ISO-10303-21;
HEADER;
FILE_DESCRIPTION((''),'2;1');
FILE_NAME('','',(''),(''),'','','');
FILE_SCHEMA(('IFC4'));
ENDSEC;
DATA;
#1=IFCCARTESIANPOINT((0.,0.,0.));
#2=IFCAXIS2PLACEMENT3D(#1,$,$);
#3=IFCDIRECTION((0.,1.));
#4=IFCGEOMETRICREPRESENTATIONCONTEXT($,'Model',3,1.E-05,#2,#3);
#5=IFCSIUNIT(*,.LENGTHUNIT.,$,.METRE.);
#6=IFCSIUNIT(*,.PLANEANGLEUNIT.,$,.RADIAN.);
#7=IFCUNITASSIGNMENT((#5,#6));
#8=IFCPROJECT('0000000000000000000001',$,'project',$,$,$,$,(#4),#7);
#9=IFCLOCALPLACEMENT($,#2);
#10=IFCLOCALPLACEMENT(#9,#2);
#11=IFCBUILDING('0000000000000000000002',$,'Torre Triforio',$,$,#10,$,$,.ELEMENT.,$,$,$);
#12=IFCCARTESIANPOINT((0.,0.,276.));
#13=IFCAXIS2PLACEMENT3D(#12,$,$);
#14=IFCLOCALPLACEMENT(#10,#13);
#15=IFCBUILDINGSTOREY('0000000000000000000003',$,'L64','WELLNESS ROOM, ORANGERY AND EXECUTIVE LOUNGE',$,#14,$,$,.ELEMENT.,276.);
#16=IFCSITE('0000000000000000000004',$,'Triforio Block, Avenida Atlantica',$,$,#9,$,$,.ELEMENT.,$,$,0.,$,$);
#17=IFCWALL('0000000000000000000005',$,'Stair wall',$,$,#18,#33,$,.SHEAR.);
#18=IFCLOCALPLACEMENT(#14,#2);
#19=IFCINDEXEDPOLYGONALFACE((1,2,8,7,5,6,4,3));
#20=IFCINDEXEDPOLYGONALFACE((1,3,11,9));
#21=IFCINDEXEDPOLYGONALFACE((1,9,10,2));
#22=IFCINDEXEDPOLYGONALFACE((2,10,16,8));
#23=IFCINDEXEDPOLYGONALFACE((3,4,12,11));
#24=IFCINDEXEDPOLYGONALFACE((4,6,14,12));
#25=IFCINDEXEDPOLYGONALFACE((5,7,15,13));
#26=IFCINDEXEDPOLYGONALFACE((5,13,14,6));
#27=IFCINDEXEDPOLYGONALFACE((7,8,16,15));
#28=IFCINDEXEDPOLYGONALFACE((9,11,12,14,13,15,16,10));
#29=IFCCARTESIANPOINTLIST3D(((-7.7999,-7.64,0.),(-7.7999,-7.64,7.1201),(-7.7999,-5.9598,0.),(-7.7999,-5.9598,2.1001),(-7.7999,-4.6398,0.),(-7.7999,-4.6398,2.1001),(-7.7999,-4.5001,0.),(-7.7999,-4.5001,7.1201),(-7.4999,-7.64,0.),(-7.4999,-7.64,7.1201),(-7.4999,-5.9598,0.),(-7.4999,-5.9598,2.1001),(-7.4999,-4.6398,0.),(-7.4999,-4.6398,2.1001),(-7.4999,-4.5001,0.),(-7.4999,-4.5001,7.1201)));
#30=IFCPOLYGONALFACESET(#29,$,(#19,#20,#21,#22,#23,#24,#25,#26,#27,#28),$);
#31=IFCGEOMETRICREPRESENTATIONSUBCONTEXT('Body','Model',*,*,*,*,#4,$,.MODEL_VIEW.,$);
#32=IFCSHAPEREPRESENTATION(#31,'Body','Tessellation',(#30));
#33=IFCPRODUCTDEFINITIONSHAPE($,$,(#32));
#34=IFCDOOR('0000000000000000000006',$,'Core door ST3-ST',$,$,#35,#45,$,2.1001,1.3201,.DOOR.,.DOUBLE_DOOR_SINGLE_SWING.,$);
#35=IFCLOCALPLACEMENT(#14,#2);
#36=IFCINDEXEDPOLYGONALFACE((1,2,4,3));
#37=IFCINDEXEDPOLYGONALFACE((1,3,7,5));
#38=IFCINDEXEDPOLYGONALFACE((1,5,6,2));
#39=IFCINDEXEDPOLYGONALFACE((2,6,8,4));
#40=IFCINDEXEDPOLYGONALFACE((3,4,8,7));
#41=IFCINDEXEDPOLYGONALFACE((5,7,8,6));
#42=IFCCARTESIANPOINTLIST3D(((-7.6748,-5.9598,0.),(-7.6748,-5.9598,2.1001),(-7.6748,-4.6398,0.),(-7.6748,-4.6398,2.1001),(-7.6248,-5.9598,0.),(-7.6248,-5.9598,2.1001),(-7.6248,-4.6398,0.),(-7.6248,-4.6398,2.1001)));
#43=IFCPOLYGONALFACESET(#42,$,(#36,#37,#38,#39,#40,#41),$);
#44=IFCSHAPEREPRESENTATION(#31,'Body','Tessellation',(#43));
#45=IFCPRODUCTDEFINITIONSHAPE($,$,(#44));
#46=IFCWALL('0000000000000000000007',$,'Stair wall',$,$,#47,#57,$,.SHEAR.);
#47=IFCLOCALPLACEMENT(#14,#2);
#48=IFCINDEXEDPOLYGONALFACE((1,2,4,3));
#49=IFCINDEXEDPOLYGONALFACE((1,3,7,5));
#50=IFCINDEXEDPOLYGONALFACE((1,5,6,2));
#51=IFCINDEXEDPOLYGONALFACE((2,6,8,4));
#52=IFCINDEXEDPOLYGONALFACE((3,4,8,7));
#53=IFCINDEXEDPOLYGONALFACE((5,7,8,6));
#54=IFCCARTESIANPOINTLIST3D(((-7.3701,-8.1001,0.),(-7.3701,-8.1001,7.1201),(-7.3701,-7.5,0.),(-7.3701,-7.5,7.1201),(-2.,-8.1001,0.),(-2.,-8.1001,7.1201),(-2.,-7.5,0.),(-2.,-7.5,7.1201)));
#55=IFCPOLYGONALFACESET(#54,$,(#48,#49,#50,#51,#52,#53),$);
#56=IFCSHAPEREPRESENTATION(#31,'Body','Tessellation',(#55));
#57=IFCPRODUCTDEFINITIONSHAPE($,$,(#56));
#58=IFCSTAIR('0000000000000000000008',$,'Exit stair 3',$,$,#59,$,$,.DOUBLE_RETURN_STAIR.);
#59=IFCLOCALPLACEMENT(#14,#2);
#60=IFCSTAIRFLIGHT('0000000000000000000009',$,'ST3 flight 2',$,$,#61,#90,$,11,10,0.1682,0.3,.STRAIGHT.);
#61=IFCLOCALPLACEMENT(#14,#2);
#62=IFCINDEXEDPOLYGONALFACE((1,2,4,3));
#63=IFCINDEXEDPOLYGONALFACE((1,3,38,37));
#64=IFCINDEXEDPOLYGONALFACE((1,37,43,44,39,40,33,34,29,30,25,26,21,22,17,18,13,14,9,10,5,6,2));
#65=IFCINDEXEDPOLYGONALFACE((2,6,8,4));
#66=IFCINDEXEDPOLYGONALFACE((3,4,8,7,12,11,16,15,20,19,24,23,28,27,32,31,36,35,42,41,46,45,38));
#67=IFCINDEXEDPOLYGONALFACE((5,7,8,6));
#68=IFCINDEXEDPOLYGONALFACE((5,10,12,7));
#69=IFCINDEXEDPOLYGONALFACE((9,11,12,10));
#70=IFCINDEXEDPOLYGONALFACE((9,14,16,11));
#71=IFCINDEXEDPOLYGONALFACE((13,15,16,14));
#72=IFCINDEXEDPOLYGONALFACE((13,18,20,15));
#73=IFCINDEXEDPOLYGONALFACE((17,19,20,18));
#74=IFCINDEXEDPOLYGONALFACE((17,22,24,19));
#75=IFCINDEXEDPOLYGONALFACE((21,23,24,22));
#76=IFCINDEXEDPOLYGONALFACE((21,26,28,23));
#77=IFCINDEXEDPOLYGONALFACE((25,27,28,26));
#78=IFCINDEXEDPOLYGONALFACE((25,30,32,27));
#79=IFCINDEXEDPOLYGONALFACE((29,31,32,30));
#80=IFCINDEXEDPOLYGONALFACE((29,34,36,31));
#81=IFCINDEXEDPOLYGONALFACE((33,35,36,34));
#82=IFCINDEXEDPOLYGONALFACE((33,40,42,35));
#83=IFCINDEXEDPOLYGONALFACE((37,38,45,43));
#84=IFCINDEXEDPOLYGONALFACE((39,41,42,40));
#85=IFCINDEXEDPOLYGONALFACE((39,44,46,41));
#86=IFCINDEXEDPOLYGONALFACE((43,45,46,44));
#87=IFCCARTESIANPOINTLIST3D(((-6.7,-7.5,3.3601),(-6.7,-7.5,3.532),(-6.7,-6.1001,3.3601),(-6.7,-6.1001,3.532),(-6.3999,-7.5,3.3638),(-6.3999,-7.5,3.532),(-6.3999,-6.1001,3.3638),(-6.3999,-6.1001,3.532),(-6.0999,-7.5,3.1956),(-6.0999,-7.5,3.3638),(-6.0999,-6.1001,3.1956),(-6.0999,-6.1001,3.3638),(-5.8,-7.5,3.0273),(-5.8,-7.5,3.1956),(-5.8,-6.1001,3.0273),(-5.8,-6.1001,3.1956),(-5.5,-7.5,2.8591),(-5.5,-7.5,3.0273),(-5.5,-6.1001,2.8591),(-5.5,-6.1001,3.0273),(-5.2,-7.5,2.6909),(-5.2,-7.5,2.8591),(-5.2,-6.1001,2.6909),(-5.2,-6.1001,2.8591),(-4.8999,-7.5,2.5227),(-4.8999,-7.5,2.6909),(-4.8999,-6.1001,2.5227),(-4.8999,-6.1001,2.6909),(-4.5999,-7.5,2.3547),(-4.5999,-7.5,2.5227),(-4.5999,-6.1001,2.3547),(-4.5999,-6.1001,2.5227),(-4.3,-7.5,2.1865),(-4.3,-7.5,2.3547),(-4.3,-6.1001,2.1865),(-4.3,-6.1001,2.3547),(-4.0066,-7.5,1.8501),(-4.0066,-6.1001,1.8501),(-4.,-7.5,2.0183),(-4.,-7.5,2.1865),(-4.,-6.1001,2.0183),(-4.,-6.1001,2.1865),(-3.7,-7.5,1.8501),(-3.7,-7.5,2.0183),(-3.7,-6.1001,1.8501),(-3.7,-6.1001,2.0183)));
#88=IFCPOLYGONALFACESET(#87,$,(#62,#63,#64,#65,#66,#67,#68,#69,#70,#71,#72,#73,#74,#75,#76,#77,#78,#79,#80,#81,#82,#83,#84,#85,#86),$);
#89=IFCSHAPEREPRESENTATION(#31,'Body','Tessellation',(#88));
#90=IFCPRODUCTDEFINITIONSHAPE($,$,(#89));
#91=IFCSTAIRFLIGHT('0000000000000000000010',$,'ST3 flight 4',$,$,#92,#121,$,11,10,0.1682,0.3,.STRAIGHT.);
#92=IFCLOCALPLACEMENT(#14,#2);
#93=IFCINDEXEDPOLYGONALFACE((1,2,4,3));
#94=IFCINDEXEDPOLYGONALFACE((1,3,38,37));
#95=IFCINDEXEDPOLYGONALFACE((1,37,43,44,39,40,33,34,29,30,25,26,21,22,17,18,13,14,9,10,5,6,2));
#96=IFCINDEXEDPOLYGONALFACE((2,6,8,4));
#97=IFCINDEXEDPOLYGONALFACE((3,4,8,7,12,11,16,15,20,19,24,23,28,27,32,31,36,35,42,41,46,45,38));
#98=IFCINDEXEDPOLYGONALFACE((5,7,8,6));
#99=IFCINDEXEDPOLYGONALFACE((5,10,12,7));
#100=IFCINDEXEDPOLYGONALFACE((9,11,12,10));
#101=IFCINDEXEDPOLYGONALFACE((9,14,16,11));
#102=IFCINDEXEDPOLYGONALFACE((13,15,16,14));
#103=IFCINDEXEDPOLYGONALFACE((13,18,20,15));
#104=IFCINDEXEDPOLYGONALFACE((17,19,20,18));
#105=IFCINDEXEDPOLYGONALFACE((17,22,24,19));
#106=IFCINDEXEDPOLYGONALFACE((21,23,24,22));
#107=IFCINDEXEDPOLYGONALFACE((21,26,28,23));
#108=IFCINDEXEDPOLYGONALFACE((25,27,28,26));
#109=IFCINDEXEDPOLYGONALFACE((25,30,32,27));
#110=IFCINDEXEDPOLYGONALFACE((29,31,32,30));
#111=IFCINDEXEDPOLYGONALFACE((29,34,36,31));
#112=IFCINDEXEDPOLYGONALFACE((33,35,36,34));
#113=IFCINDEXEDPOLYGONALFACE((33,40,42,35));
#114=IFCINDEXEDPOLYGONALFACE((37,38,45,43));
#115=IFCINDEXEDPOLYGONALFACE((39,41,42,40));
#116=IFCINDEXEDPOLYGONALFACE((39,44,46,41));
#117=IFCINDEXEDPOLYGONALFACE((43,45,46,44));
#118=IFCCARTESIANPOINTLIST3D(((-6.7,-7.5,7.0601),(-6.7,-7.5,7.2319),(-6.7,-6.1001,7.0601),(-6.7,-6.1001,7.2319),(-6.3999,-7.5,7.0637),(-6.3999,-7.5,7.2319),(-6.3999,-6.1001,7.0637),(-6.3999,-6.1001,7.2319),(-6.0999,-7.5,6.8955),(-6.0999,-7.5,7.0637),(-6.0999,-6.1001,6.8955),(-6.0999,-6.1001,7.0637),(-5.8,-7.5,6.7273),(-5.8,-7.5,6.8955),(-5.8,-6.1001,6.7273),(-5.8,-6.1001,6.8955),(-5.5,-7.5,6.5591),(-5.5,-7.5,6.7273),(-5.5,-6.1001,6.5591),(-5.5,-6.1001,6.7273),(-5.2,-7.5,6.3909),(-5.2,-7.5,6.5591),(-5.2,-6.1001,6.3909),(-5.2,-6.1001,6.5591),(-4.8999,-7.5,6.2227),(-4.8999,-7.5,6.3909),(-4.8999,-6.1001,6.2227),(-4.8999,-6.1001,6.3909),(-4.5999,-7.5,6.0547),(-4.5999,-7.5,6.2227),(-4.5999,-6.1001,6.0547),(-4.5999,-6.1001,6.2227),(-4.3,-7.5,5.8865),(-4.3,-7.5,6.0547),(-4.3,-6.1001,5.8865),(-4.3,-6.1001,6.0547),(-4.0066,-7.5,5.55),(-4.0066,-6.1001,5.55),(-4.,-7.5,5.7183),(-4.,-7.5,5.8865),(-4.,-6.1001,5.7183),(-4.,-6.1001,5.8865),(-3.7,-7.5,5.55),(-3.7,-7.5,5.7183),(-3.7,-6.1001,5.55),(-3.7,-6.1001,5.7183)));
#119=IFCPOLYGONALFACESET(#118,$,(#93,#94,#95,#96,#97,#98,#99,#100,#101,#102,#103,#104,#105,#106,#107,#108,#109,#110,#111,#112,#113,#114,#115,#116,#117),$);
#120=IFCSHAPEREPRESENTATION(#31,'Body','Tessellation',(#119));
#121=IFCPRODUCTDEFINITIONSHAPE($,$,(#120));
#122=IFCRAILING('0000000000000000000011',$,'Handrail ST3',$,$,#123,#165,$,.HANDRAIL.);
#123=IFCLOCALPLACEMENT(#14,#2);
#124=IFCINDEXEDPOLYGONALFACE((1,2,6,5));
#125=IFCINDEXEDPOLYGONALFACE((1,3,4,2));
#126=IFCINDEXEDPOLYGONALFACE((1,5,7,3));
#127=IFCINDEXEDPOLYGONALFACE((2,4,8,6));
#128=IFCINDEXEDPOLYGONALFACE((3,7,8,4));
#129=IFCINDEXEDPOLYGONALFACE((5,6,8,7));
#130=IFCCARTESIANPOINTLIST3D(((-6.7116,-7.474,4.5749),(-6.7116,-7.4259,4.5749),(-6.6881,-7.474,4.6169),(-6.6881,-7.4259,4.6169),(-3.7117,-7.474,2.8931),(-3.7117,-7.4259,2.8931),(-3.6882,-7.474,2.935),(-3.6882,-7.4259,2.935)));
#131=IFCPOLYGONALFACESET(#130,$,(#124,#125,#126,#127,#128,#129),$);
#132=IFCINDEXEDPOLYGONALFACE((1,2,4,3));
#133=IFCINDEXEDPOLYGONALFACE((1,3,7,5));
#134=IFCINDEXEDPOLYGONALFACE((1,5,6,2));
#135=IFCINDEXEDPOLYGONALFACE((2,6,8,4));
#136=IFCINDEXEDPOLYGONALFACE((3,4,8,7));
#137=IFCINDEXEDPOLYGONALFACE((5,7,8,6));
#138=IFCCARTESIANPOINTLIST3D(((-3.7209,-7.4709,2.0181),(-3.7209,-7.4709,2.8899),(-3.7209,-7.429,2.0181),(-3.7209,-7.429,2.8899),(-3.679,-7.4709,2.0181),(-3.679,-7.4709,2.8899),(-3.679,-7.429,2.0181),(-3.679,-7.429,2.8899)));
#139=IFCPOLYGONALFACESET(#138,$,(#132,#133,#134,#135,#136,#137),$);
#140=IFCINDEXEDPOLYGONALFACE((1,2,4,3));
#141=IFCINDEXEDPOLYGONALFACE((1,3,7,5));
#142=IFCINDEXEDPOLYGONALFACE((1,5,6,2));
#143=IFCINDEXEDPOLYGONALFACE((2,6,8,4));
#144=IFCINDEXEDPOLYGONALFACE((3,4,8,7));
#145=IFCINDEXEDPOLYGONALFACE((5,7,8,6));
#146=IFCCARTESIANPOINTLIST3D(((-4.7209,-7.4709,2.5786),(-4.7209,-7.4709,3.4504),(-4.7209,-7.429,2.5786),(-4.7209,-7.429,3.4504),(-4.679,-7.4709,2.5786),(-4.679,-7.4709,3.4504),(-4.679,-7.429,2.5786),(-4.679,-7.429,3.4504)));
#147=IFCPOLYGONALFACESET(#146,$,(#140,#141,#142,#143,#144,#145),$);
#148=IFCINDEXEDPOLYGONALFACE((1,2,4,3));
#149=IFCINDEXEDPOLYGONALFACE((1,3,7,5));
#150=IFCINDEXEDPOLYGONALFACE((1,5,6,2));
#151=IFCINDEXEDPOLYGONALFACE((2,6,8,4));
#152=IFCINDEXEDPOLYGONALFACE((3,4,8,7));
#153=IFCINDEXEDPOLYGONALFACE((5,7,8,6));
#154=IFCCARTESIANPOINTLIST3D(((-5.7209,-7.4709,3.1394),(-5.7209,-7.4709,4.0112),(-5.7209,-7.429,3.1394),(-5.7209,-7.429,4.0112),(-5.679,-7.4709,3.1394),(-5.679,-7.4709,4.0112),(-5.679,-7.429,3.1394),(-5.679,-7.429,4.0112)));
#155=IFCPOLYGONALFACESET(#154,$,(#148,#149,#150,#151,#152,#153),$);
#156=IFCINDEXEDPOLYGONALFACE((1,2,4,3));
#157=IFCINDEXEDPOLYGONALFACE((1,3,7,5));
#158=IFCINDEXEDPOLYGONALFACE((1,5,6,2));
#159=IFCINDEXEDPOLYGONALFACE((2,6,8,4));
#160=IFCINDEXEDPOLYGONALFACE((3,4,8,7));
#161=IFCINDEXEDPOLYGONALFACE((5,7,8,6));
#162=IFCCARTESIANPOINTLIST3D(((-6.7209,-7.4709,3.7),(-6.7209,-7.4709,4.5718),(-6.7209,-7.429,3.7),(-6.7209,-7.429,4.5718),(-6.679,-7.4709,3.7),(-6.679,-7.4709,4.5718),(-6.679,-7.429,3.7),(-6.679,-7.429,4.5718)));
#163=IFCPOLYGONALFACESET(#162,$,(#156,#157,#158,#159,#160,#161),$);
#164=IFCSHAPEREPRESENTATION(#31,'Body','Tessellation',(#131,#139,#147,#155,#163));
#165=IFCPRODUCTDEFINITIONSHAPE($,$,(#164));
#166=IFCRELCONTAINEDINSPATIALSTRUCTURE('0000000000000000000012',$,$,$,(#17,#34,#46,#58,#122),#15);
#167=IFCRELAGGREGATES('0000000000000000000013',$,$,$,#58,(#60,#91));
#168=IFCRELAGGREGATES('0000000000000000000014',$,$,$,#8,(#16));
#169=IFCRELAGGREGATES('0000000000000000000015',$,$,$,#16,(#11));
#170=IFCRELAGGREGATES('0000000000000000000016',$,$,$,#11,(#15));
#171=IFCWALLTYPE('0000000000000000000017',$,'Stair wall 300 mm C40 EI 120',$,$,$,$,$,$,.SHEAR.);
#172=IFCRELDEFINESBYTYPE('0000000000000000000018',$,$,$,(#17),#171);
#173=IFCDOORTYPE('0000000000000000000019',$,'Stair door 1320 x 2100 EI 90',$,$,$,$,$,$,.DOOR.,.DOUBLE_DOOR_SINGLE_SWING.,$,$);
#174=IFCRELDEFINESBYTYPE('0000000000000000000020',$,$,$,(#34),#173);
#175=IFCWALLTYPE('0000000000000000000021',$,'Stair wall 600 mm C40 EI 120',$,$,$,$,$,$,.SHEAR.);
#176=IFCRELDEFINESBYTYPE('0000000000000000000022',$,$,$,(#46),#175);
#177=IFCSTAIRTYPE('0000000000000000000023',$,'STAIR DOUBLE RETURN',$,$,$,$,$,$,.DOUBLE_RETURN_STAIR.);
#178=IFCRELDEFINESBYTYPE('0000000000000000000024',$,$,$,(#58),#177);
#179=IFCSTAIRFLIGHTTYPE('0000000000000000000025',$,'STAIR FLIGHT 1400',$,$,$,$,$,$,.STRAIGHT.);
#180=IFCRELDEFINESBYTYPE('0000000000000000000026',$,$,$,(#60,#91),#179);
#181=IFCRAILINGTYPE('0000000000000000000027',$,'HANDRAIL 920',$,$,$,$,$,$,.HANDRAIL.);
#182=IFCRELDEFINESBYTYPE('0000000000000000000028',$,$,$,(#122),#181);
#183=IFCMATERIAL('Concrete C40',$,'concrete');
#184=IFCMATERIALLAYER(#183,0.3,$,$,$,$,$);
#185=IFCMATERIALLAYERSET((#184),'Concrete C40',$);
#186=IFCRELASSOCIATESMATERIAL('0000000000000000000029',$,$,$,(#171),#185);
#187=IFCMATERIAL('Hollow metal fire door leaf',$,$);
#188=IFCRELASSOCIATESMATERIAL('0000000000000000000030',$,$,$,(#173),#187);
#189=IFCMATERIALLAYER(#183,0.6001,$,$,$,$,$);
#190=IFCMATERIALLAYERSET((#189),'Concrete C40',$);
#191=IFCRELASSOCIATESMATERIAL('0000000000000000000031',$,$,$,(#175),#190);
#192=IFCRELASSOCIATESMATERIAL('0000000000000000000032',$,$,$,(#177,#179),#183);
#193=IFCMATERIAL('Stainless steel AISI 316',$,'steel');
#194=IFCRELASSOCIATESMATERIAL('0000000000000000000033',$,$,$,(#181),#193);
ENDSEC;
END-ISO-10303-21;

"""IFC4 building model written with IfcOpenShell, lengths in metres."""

from ifc_helpers import new_model, si_unit, direction, frame, frame_2d, origin, origin_2d, place, context, subcontext, project, spatial, polyline, rectangle, outline, extrude, material, layer, layer_set, type_object, element, fill, aggregate, save


model = new_model("IFC4")

# Units and contexts
model_context = context("Model", 3, precision=1e-05, world=origin(), true_north=direction((0.0, 1.0)))
body_context = subcontext(model_context, "Body", "Model", "MODEL_VIEW")
ifc_project = project(units=[si_unit("LENGTHUNIT", "METRE"), si_unit("PLANEANGLEUNIT", "RADIAN")], contexts=[model_context])

# Site, building, storey
site_placement = place(None, origin())
site = spatial("IfcSite", under=ifc_project, at=site_placement, Name="Triforio Block, Avenida Atlantica", CompositionType="ELEMENT", RefElevation=0.0)
building_placement = place(site_placement, origin())
building = spatial("IfcBuilding", under=site, at=building_placement, Name="Torre Triforio", CompositionType="ELEMENT")
storey_placement = place(building_placement, frame((0.0, 0.0, 276.0)))
storey = spatial("IfcBuildingStorey", under=building, at=storey_placement, Name="L64", Description="WELLNESS ROOM, ORANGERY AND EXECUTIVE LOUNGE", CompositionType="ELEMENT", Elevation=276.0)

# Shared definitions
ifc_material_1 = material(Name="Concrete C40", Category="concrete")

# Shared definitions
ifc_material_2 = material(Name="Hollow metal fire door leaf")

# Wall, opening, door
ifc_layer_1 = layer(ifc_material_1, 0.3)
ifc_layer_set_1 = layer_set([ifc_layer_1], Name="Concrete C40")
wall_type_1 = type_object("IfcWallType", Name="Stair wall 300 mm C40 EI 120", PredefinedType="SHEAR", material=ifc_layer_set_1)
wall_1_placement = place(storey_placement, frame((-7.6499, -7.6399, 0.0), z_axis=(0.0, 0.0, 1.0), x_axis=(0.0, 1.0, 0.0)))
wall_1 = element("IfcWall", 1, at=wall_1_placement, inside=storey, type_object=wall_type_1, Name="Stair wall", PredefinedType="SHEAR", context=body_context, shape_type="SweptSolid", body=[
    extrude(rectangle(XDim=3.1399, YDim=0.3, at=frame_2d((1.5698, 0.0))), origin(), (0.0, 0.0, 1.0), 7.1201),
])
opening_1_placement = place(wall_1_placement, frame((1.6799, 0.0, 0.0)))
opening_1 = element("IfcOpeningElement", 2, at=opening_1_placement, cuts=wall_1, PredefinedType="OPENING", context=body_context, shape_type="SweptSolid", body=[
    extrude(rectangle(XDim=1.3201, YDim=2.1001, at=frame_2d((0.6602, 1.05))), frame((0.0, 0.1599, 0.0), z_axis=(0.0, -1.0, 0.0), x_axis=(1.0, 0.0, 0.0)), (0.0, 0.0, 1.0), 0.3201),
])
door_type_1 = type_object("IfcDoorType", Name="Stair door 1320 x 2100 EI 90", OperationType="DOUBLE_DOOR_SINGLE_SWING", PredefinedType="DOOR", material=ifc_material_2)
door_1_placement = place(opening_1_placement, origin())
door_1 = element("IfcDoor", 3, at=door_1_placement, inside=storey, type_object=door_type_1, Name="Core door ST3-ST", OperationType="DOUBLE_DOOR_SINGLE_SWING", OverallHeight=2.1001, OverallWidth=1.3201, PredefinedType="DOOR", context=body_context, shape_type="SweptSolid", body=[
    extrude(rectangle(XDim=1.3201, YDim=2.1001, at=frame_2d((0.6602, 1.05))), frame((0.0, 0.0249, 0.0), z_axis=(0.0, -1.0, 0.0), x_axis=(1.0, 0.0, 0.0)), (0.0, 0.0, 1.0), 0.05),
])
fill(opening_1, door_1)

# Wall
ifc_layer_2 = layer(ifc_material_1, 0.6001)
ifc_layer_set_2 = layer_set([ifc_layer_2], Name="Concrete C40")
wall_type_2 = type_object("IfcWallType", Name="Stair wall 600 mm C40 EI 120", PredefinedType="SHEAR", material=ifc_layer_set_2)
wall_2_placement = place(storey_placement, frame((-7.3701, -7.8, 0.0), z_axis=(0.0, 0.0, 1.0), x_axis=(1.0, 0.0, 0.0)))
element("IfcWall", 4, at=wall_2_placement, inside=storey, type_object=wall_type_2, Name="Stair wall", PredefinedType="SHEAR", context=body_context, shape_type="SweptSolid", body=[
    extrude(rectangle(XDim=5.3701, YDim=0.6001, at=frame_2d((2.6851, 0.0))), origin(), (0.0, 0.0, 1.0), 7.1201),
])

# Stair, stair flights
stair_type = type_object("IfcStairType", Name="STAIR DOUBLE RETURN", PredefinedType="DOUBLE_RETURN_STAIR", material=ifc_material_1)
stair_placement = place(storey_placement, origin())
stair = element("IfcStair", 5, at=stair_placement, inside=storey, type_object=stair_type, Name="Exit stair 3", PredefinedType="DOUBLE_RETURN_STAIR")
stair_flight_type = type_object("IfcStairFlightType", Name="STAIR FLIGHT 1400", PredefinedType="STRAIGHT", material=ifc_material_1)
stair_flight_1_placement = place(storey_placement, frame((-3.7, -6.8, 1.8501), z_axis=(0.0, 0.0, 1.0), x_axis=(-1.0, 0.0, 0.0)))
stair_flight_1 = element("IfcStairFlight", 6, at=stair_flight_1_placement, type_object=stair_flight_type, Name="ST3 flight 2", NumberOfRisers=11, NumberOfTreads=10, PredefinedType="STRAIGHT", RiserHeight=0.1682, TreadLength=0.3, context=body_context, shape_type="SweptSolid", body=[
    extrude(outline(polyline([(0.0, 0.0), (0.0, 0.1682), (0.3, 0.1682), (0.3, 0.3364), (0.6001, 0.3364), (0.6001, 0.5046), (0.8999, 0.5046), (0.8999, 0.6726), (1.2, 0.6726), (1.2, 0.8408), (1.5, 0.8408), (1.5, 1.009), (1.8, 1.009), (1.8, 1.1772), (2.1001, 1.1772), (2.1001, 1.3455), (2.3999, 1.3455), (2.3999, 1.5137), (2.7, 1.5137), (2.7, 1.6819), (3.0, 1.6819), (3.0, 1.8501), (3.0, 1.51), (0.3066, 0.0), (0.0, 0.0)])), frame((0.0, 0.7, 0.0), z_axis=(0.0, -1.0, 0.0), x_axis=(1.0, 0.0, 0.0)), (0.0, 0.0, 1.0), 1.3999),
])
stair_flight_2_placement = place(storey_placement, frame((-3.7, -6.8, 5.55), z_axis=(0.0, 0.0, 1.0), x_axis=(-1.0, 0.0, 0.0)))
stair_flight_2 = element("IfcStairFlight", 7, at=stair_flight_2_placement, type_object=stair_flight_type, Name="ST3 flight 4", NumberOfRisers=11, NumberOfTreads=10, PredefinedType="STRAIGHT", RiserHeight=0.1682, TreadLength=0.3, context=body_context, shape_type="SweptSolid", body=[
    extrude(outline(polyline([(0.0, 0.0), (0.0, 0.1682), (0.3, 0.1682), (0.3, 0.3364), (0.6001, 0.3364), (0.6001, 0.5046), (0.8999, 0.5046), (0.8999, 0.6726), (1.2, 0.6726), (1.2, 0.8408), (1.5, 0.8408), (1.5, 1.009), (1.8, 1.009), (1.8, 1.1772), (2.1001, 1.1772), (2.1001, 1.3455), (2.3999, 1.3455), (2.3999, 1.5137), (2.7, 1.5137), (2.7, 1.6819), (3.0, 1.6819), (3.0, 1.8501), (3.0, 1.51), (0.3066, 0.0), (0.0, 0.0)])), frame((0.0, 0.7, 0.0), z_axis=(0.0, -1.0, 0.0), x_axis=(1.0, 0.0, 0.0)), (0.0, 0.0, 1.0), 1.3999),
])
aggregate(stair, [stair_flight_1, stair_flight_2])

# Railing
ifc_material_3 = material(Name="Stainless steel AISI 316", Category="steel")
railing_type = type_object("IfcRailingType", Name="HANDRAIL 920", PredefinedType="HANDRAIL", material=ifc_material_3)
railing_1_placement = place(storey_placement, frame((-3.7, -7.45, 2.0181)))
element("IfcRailing", 8, at=railing_1_placement, inside=storey, type_object=railing_type, Name="Handrail ST3", PredefinedType="HANDRAIL", context=body_context, shape_type="SweptSolid", body=[
    extrude(rectangle(XDim=0.0481, YDim=0.0481, at=origin_2d()), frame((0.0, 0.0, 0.896), z_axis=(-0.872272, 0.0, 0.48902), x_axis=(0.0, -1.0, 0.0)), (0.0, 0.0, 1.0), 3.4392),
    extrude(rectangle(XDim=0.042, YDim=0.042, at=origin_2d()), origin(), (0.0, 0.0, 1.0), 0.8718),
    extrude(rectangle(XDim=0.042, YDim=0.042, at=origin_2d()), frame((-1.0, 0.0, 0.5605)), (0.0, 0.0, 1.0), 0.8718),
    extrude(rectangle(XDim=0.042, YDim=0.042, at=origin_2d()), frame((-2.0, 0.0, 1.1213)), (0.0, 0.0, 1.0), 0.8718),
    extrude(rectangle(XDim=0.042, YDim=0.042, at=origin_2d()), frame((-3.0, 0.0, 1.6819)), (0.0, 0.0, 1.0), 0.8718),
])

save(model, "model.ifc")
